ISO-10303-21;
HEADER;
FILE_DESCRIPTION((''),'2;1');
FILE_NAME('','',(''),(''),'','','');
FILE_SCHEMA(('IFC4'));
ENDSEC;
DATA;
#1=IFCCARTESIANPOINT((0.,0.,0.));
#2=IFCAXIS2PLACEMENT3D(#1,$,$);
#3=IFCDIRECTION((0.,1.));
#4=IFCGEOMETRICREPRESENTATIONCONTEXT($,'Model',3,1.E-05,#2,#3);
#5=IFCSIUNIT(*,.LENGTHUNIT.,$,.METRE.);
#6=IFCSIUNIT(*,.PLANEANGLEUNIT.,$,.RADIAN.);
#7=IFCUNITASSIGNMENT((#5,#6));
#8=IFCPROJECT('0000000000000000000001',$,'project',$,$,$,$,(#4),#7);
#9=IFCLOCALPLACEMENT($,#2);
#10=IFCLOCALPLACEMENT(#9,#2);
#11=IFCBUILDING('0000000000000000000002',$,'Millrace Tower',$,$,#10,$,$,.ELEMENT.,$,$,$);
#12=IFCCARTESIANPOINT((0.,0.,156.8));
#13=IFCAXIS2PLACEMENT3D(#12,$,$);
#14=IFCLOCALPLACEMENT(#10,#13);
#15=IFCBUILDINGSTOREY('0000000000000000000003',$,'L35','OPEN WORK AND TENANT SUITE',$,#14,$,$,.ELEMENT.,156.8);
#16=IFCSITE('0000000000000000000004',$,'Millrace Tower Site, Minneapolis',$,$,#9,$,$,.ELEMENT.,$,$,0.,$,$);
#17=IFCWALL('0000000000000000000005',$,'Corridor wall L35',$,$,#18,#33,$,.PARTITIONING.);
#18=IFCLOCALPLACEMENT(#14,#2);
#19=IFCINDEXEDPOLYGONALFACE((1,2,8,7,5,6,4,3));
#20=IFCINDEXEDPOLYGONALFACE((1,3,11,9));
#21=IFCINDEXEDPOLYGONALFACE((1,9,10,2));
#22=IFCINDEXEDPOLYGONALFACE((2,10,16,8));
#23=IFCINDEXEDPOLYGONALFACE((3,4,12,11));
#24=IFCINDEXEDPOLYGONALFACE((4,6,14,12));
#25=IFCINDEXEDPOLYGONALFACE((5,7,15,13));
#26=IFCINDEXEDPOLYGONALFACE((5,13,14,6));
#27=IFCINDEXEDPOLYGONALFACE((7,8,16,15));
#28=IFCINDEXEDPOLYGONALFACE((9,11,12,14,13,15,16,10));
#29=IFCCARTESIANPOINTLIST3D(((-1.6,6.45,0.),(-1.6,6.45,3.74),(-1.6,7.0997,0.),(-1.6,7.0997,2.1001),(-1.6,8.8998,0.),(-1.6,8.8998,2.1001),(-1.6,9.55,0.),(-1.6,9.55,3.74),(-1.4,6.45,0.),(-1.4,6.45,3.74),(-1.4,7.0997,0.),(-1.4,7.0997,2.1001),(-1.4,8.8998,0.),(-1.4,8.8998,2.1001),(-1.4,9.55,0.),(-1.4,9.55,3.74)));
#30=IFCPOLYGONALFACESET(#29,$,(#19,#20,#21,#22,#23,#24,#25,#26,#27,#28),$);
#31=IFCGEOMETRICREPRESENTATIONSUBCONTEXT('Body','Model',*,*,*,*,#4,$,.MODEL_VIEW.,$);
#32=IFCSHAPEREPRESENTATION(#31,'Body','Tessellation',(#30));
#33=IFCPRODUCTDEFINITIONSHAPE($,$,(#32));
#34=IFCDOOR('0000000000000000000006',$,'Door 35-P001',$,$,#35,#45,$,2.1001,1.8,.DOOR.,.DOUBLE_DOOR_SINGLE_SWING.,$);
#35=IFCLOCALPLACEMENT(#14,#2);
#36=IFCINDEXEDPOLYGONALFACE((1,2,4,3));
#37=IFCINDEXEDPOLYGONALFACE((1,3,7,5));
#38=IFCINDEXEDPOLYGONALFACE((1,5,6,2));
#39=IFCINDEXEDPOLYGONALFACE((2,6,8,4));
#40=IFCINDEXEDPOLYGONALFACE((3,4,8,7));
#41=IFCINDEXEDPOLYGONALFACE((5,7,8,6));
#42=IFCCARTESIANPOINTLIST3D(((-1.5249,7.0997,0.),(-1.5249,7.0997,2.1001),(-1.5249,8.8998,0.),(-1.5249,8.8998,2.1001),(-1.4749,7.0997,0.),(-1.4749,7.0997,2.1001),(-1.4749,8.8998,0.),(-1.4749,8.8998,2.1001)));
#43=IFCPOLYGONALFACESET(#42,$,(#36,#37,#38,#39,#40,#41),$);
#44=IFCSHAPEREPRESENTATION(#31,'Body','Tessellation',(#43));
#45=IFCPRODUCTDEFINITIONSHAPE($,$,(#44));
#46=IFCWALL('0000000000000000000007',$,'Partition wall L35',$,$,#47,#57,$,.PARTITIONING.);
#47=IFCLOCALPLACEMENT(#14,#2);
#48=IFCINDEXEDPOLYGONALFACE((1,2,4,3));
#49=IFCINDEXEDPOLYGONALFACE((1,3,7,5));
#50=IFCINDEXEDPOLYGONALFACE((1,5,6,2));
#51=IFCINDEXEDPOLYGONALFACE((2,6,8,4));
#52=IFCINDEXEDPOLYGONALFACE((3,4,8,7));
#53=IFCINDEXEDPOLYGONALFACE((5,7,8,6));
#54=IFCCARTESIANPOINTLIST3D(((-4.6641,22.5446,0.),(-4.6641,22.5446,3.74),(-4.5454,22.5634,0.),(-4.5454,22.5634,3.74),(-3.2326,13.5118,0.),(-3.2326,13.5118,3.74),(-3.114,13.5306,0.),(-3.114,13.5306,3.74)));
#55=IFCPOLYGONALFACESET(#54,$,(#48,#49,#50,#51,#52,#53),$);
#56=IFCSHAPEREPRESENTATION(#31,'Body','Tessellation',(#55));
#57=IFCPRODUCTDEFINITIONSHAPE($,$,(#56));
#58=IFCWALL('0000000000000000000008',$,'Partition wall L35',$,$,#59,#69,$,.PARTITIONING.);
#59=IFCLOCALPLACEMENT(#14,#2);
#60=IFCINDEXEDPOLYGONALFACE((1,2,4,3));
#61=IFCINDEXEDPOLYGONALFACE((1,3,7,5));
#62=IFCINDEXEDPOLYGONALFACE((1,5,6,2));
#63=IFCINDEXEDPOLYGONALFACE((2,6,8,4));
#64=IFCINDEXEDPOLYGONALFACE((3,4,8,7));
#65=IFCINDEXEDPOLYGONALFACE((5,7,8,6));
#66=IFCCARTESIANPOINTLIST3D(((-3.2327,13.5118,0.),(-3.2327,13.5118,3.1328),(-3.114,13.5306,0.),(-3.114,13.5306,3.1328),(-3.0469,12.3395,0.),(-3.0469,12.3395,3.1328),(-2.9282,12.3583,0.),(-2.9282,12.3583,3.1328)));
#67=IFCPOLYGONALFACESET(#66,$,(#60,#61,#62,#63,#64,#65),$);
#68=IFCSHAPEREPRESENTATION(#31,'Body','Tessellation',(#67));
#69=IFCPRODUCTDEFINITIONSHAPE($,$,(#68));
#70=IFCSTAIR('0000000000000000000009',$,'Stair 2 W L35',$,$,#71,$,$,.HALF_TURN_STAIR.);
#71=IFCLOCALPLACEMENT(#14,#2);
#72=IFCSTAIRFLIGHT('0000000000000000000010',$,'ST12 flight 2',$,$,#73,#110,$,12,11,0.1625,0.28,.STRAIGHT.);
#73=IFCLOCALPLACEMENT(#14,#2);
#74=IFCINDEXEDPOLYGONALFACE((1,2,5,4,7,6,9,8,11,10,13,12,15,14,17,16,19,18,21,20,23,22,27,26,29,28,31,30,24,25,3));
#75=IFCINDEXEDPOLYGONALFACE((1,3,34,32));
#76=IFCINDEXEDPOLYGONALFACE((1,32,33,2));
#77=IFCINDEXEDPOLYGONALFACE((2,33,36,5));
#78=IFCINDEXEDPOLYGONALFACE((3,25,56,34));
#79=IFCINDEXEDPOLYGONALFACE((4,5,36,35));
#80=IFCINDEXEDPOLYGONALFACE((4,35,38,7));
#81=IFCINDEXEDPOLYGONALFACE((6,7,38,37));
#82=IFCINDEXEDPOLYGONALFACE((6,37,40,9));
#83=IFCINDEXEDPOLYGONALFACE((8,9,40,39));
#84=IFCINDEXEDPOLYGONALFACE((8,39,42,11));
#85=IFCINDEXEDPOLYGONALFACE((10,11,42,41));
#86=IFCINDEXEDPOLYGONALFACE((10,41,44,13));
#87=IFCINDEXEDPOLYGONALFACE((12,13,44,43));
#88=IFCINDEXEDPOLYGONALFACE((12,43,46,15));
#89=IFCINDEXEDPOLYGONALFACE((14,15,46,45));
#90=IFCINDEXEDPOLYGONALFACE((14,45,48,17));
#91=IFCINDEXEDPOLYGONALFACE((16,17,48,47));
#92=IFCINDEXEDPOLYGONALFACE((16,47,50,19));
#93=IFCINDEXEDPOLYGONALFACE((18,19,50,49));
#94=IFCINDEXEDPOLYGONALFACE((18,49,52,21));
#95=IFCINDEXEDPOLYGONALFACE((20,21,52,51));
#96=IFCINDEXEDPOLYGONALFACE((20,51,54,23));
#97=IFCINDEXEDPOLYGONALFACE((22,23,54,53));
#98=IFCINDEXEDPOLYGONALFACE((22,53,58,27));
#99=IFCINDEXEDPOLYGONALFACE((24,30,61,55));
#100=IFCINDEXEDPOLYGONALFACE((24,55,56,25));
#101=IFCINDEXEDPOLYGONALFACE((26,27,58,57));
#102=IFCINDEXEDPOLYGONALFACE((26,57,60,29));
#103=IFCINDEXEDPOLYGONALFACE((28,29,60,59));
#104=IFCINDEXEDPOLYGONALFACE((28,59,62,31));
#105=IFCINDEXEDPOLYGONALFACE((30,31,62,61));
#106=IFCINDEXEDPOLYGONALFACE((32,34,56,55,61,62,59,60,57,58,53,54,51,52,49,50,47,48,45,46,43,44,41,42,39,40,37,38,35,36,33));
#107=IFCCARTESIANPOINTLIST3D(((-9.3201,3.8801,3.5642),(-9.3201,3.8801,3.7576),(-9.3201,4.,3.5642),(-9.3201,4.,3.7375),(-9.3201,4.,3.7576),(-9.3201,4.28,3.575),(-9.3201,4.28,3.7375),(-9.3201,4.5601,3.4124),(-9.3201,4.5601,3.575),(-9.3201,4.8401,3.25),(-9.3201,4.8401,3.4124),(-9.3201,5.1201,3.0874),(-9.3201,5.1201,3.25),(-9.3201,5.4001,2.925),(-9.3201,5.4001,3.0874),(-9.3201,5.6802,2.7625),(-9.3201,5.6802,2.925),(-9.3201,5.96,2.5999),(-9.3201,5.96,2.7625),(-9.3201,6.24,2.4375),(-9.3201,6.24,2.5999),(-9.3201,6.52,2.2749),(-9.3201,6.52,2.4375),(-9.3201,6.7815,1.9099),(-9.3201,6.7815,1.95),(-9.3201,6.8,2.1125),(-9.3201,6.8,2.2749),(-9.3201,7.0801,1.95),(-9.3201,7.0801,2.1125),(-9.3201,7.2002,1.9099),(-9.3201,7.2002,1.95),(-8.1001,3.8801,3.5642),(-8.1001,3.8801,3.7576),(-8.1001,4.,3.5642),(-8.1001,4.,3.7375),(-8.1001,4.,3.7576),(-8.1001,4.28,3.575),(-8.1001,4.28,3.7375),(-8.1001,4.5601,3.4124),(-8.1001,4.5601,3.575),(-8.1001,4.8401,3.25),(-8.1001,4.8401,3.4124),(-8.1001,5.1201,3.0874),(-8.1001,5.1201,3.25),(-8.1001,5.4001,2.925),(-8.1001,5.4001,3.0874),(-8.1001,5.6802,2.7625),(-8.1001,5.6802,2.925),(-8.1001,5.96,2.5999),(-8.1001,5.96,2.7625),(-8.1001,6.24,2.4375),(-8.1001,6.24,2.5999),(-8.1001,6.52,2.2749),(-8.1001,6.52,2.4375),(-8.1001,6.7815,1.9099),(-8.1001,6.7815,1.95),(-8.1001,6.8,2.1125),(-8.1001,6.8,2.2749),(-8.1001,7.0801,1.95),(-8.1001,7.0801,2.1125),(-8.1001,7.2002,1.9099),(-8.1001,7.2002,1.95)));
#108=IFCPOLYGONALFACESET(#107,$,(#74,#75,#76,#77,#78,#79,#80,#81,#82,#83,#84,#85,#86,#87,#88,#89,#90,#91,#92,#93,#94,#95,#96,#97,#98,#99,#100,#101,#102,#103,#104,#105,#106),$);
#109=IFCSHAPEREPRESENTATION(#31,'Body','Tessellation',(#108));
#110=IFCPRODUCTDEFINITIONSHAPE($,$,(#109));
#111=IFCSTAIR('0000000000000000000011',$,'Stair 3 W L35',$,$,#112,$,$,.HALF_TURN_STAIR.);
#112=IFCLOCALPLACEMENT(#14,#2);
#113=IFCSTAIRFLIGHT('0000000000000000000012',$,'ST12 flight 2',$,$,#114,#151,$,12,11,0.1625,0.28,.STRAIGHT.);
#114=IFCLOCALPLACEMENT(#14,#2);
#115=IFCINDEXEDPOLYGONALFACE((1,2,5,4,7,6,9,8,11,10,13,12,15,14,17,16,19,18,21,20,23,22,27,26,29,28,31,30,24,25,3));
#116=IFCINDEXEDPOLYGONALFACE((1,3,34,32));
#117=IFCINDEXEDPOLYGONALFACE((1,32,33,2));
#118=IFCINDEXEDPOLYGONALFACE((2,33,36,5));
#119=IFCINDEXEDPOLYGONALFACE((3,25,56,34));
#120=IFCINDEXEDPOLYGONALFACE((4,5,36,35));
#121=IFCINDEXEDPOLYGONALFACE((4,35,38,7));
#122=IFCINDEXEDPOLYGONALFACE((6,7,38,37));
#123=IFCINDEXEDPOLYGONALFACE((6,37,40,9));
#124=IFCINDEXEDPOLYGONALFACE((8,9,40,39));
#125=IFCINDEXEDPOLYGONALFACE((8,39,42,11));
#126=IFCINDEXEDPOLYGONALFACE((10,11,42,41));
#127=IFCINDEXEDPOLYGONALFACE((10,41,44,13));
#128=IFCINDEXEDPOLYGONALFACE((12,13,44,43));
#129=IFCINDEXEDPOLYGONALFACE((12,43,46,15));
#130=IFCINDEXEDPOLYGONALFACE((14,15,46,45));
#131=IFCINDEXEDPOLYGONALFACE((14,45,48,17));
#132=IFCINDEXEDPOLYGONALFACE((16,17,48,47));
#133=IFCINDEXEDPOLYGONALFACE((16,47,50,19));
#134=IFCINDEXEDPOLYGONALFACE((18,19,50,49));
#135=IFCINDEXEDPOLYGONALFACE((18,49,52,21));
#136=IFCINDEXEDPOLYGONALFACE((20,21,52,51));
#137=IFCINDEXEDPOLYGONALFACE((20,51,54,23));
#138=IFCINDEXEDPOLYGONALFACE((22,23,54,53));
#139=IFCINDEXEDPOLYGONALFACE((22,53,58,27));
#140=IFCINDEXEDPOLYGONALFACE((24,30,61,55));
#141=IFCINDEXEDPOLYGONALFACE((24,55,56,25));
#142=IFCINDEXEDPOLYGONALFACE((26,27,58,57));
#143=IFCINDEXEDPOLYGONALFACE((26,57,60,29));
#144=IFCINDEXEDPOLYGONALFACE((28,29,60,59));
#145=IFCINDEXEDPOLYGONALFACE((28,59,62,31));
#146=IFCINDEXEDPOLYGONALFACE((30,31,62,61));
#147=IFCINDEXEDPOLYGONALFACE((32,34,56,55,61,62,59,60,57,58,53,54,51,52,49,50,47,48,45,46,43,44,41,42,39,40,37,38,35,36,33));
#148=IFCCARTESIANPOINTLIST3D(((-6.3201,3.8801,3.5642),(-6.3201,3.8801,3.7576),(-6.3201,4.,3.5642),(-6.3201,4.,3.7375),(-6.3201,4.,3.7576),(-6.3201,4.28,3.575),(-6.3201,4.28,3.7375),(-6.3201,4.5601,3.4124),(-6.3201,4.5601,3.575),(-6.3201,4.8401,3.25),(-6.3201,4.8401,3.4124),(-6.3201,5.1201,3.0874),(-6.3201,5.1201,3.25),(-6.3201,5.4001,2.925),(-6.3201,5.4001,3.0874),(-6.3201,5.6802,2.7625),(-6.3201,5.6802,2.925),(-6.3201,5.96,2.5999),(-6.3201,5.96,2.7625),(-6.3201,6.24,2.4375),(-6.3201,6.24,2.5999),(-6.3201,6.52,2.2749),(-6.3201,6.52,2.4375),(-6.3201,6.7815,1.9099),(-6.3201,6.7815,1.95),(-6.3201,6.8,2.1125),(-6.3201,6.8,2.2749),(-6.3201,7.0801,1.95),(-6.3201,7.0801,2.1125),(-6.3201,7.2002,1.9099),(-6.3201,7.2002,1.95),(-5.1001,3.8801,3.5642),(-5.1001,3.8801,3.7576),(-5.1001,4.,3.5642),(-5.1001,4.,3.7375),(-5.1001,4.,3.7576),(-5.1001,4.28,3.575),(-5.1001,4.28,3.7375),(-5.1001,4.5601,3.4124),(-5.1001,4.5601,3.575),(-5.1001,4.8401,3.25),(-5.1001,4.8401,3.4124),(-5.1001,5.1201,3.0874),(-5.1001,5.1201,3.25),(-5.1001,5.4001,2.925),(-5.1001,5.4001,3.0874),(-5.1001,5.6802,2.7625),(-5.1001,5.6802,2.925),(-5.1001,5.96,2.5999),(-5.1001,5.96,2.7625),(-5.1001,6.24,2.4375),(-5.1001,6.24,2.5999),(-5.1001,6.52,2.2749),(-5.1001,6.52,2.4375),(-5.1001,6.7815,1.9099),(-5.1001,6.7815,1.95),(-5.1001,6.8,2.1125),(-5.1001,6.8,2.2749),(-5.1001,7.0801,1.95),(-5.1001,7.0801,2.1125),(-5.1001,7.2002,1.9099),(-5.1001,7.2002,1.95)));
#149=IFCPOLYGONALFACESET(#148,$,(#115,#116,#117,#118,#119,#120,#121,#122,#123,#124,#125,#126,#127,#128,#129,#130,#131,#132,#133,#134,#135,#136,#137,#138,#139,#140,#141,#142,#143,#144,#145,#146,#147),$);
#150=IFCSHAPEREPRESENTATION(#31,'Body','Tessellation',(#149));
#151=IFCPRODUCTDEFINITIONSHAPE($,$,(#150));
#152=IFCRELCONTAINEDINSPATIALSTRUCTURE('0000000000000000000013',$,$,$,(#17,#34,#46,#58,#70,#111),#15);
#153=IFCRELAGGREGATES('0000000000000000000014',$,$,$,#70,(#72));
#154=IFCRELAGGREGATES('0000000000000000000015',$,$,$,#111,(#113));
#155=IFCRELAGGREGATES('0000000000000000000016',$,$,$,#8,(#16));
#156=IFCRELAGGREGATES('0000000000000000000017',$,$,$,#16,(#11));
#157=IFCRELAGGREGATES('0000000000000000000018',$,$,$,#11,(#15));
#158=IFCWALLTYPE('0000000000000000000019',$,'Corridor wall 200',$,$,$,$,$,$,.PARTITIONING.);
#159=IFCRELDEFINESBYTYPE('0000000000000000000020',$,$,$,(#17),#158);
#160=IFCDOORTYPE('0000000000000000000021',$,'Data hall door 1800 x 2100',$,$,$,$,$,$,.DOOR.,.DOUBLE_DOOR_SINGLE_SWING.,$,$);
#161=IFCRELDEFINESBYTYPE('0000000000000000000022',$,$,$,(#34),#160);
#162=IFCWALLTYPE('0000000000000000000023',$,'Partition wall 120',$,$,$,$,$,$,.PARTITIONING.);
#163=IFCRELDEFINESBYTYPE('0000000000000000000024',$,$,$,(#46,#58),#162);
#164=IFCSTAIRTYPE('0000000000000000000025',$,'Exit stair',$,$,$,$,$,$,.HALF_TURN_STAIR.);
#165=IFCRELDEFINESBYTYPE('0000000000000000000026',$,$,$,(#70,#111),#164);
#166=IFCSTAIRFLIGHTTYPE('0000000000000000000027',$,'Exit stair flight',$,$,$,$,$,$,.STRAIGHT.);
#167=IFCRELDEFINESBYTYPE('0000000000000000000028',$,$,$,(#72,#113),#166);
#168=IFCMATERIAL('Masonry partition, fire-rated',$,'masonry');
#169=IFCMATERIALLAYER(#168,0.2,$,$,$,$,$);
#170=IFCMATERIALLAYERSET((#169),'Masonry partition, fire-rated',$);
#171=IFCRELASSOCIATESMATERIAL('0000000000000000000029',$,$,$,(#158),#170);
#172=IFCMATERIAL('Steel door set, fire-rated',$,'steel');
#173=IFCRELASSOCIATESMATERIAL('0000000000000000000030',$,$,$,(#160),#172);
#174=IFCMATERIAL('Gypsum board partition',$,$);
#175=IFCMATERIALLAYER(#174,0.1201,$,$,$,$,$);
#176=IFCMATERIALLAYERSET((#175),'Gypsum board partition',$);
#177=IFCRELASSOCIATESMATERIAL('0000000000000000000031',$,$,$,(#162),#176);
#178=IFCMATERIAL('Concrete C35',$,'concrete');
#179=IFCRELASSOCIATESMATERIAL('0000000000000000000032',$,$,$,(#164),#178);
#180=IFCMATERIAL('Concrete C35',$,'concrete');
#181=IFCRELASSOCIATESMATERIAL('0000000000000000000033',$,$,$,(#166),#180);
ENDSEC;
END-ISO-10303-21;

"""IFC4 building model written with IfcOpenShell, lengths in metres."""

from ifc_helpers import new_model, si_unit, direction, frame, frame_2d, origin, place, context, subcontext, project, spatial, polyline, rectangle, outline, extrude, material, layer, layer_set, type_object, element, fill, aggregate, save


model = new_model("IFC4")

# Units and contexts
model_context = context("Model", 3, precision=1e-05, world=origin(), true_north=direction((0.0, 1.0)))
body_context = subcontext(model_context, "Body", "Model", "MODEL_VIEW")
ifc_project = project(units=[si_unit("LENGTHUNIT", "METRE"), si_unit("PLANEANGLEUNIT", "RADIAN")], contexts=[model_context])

# Site, building, storey
site_placement = place(None, origin())
site = spatial("IfcSite", under=ifc_project, at=site_placement, Name="Millrace Tower Site, Minneapolis", CompositionType="ELEMENT", RefElevation=0.0)
building_placement = place(site_placement, origin())
building = spatial("IfcBuilding", under=site, at=building_placement, Name="Millrace Tower", CompositionType="ELEMENT")
storey_placement = place(building_placement, frame((0.0, 0.0, 156.8)))
storey = spatial("IfcBuildingStorey", under=building, at=storey_placement, Name="L35", Description="OPEN WORK AND TENANT SUITE", CompositionType="ELEMENT", Elevation=156.8)

# Shared definitions
placement = place(storey_placement, origin())

# Shared definitions
ifc_material_1 = material(Name="Masonry partition, fire-rated", Category="masonry")
ifc_layer_1 = layer(ifc_material_1, 0.2)
ifc_layer_set_1 = layer_set([ifc_layer_1], Name="Masonry partition, fire-rated")
wall_type_1 = type_object("IfcWallType", Name="Corridor wall 200", PredefinedType="PARTITIONING", material=ifc_layer_set_1)

# Wall, opening, door
wall_1_placement = place(storey_placement, frame((-1.5, 6.45, 0.0), z_axis=(0.0, 0.0, 1.0), x_axis=(0.0, 1.0, 0.0)))
wall_1 = element("IfcWall", 1, at=wall_1_placement, inside=storey, type_object=wall_type_1, Name="Corridor wall L35", PredefinedType="PARTITIONING", context=body_context, shape_type="SweptSolid", body=[
    extrude(rectangle(XDim=3.1001, YDim=0.2, at=frame_2d((1.55, 0.0))), origin(), (0.0, 0.0, 1.0), 3.74),
])
opening_placement = place(wall_1_placement, frame((0.6499, 0.0, 0.0)))
opening = element("IfcOpeningElement", 2, at=opening_placement, cuts=wall_1, PredefinedType="OPENING", context=body_context, shape_type="SweptSolid", body=[
    extrude(rectangle(XDim=1.8, YDim=2.1001, at=frame_2d((0.8999, 1.05))), frame((0.0, 0.1099, 0.0), z_axis=(0.0, -1.0, 0.0), x_axis=(1.0, 0.0, 0.0)), (0.0, 0.0, 1.0), 0.22),
])
ifc_material_2 = material(Name="Steel door set, fire-rated", Category="steel")
door_type = type_object("IfcDoorType", Name="Data hall door 1800 x 2100", OperationType="DOUBLE_DOOR_SINGLE_SWING", PredefinedType="DOOR", material=ifc_material_2)
door_placement = place(opening_placement, origin())
door = element("IfcDoor", 3, at=door_placement, inside=storey, type_object=door_type, Name="Door 35-P001", OperationType="DOUBLE_DOOR_SINGLE_SWING", OverallHeight=2.1001, OverallWidth=1.8, PredefinedType="DOOR", context=body_context, shape_type="SweptSolid", body=[
    extrude(rectangle(XDim=1.8, YDim=2.1001, at=frame_2d((0.8999, 1.05))), frame((0.0, 0.0249, 0.0), z_axis=(0.0, -1.0, 0.0), x_axis=(1.0, 0.0, 0.0)), (0.0, 0.0, 1.0), 0.05),
])
fill(opening, door)

# Walls
ifc_material_3 = material(Name="Gypsum board partition")
ifc_layer_2 = layer(ifc_material_3, 0.1201)
ifc_layer_set_2 = layer_set([ifc_layer_2], Name="Gypsum board partition")
wall_type_2 = type_object("IfcWallType", Name="Partition wall 120", PredefinedType="PARTITIONING", material=ifc_layer_set_2)
wall_2_placement = place(storey_placement, frame((-4.6047, 22.554, 0.0), z_axis=(0.0, 0.0, 1.0), x_axis=(0.156515, -0.987676, 0.0)))
element("IfcWall", 4, at=wall_2_placement, inside=storey, type_object=wall_type_2, Name="Partition wall L35", PredefinedType="PARTITIONING", context=body_context, shape_type="SweptSolid", body=[
    extrude(rectangle(XDim=9.1455, YDim=0.1201, at=frame_2d((4.5728, 0.0))), origin(), (0.0, 0.0, 1.0), 3.74),
])
wall_3_placement = place(storey_placement, frame((-3.1733, 13.5212, 0.0), z_axis=(0.0, 0.0, 1.0), x_axis=(0.156522, -0.987674, 0.0)))
element("IfcWall", 5, at=wall_3_placement, inside=storey, type_object=wall_type_2, Name="Partition wall L35", PredefinedType="PARTITIONING", context=body_context, shape_type="SweptSolid", body=[
    extrude(rectangle(XDim=1.187, YDim=0.1201, at=frame_2d((0.5935, 0.0))), origin(), (0.0, 0.0, 1.0), 3.1328),
])

# Stairs, stair flights
ifc_material_4 = material(Name="Concrete C35", Category="concrete")
stair_type = type_object("IfcStairType", Name="Exit stair", PredefinedType="HALF_TURN_STAIR", material=ifc_material_4)
stair_1 = element("IfcStair", 6, at=placement, inside=storey, type_object=stair_type, Name="Stair 2 W L35", PredefinedType="HALF_TURN_STAIR")
ifc_material_5 = material(Name="Concrete C35", Category="concrete")
stair_flight_type = type_object("IfcStairFlightType", Name="Exit stair flight", PredefinedType="STRAIGHT", material=ifc_material_5)
stair_flight_1_placement = place(storey_placement, frame((-8.71, 7.0801, 1.95), z_axis=(0.0, 0.0, 1.0), x_axis=(0.0, -1.0, 0.0)))
stair_flight_1 = element("IfcStairFlight", 7, at=stair_flight_1_placement, type_object=stair_flight_type, Name="ST12 flight 2", NumberOfRisers=12, NumberOfTreads=11, PredefinedType="STRAIGHT", RiserHeight=0.1625, TreadLength=0.28, context=body_context, shape_type="SweptSolid", body=[
    extrude(outline(polyline([(-0.1201, -0.04), (-0.1201, 0.0), (0.0, 0.0), (0.0, 0.1626), (0.28, 0.1626), (0.28, 0.325), (0.5601, 0.325), (0.5601, 0.4875), (0.8401, 0.4875), (0.8401, 0.6499), (1.1201, 0.6499), (1.1201, 0.8125), (1.3999, 0.8125), (1.3999, 0.9751), (1.6799, 0.9751), (1.6799, 1.1375), (1.96, 1.1375), (1.96, 1.3), (2.24, 1.3), (2.24, 1.4624), (2.52, 1.4624), (2.52, 1.625), (2.8, 1.625), (2.8, 1.7876), (3.0801, 1.7876), (3.0801, 1.8076), (3.2, 1.8076), (3.2, 1.6143), (3.0801, 1.6143), (0.2986, 0.0), (0.2986, -0.04), (-0.1201, -0.04)])), frame((0.0, 0.6099, 0.0), z_axis=(0.0, -1.0, 0.0), x_axis=(1.0, 0.0, 0.0)), (0.0, 0.0, 1.0), 1.22),
])
aggregate(stair_1, [stair_flight_1])
stair_2 = element("IfcStair", 8, at=placement, inside=storey, type_object=stair_type, Name="Stair 3 W L35", PredefinedType="HALF_TURN_STAIR")
stair_flight_2_placement = place(storey_placement, frame((-5.71, 7.0801, 1.95), z_axis=(0.0, 0.0, 1.0), x_axis=(0.0, -1.0, 0.0)))
stair_flight_2 = element("IfcStairFlight", 9, at=stair_flight_2_placement, type_object=stair_flight_type, Name="ST12 flight 2", NumberOfRisers=12, NumberOfTreads=11, PredefinedType="STRAIGHT", RiserHeight=0.1625, TreadLength=0.28, context=body_context, shape_type="SweptSolid", body=[
    extrude(outline(polyline([(-0.1201, -0.04), (-0.1201, 0.0), (0.0, 0.0), (0.0, 0.1626), (0.28, 0.1626), (0.28, 0.325), (0.5601, 0.325), (0.5601, 0.4875), (0.8401, 0.4875), (0.8401, 0.6499), (1.1201, 0.6499), (1.1201, 0.8125), (1.3999, 0.8125), (1.3999, 0.9751), (1.6799, 0.9751), (1.6799, 1.1375), (1.96, 1.1375), (1.96, 1.3), (2.24, 1.3), (2.24, 1.4624), (2.52, 1.4624), (2.52, 1.625), (2.8, 1.625), (2.8, 1.7876), (3.0801, 1.7876), (3.0801, 1.8076), (3.2, 1.8076), (3.2, 1.6143), (3.0801, 1.6143), (0.2986, 0.0), (0.2986, -0.04), (-0.1201, -0.04)])), frame((0.0, 0.6099, 0.0), z_axis=(0.0, -1.0, 0.0), x_axis=(1.0, 0.0, 0.0)), (0.0, 0.0, 1.0), 1.22),
])
aggregate(stair_2, [stair_flight_2])

save(model, "model.ifc")
